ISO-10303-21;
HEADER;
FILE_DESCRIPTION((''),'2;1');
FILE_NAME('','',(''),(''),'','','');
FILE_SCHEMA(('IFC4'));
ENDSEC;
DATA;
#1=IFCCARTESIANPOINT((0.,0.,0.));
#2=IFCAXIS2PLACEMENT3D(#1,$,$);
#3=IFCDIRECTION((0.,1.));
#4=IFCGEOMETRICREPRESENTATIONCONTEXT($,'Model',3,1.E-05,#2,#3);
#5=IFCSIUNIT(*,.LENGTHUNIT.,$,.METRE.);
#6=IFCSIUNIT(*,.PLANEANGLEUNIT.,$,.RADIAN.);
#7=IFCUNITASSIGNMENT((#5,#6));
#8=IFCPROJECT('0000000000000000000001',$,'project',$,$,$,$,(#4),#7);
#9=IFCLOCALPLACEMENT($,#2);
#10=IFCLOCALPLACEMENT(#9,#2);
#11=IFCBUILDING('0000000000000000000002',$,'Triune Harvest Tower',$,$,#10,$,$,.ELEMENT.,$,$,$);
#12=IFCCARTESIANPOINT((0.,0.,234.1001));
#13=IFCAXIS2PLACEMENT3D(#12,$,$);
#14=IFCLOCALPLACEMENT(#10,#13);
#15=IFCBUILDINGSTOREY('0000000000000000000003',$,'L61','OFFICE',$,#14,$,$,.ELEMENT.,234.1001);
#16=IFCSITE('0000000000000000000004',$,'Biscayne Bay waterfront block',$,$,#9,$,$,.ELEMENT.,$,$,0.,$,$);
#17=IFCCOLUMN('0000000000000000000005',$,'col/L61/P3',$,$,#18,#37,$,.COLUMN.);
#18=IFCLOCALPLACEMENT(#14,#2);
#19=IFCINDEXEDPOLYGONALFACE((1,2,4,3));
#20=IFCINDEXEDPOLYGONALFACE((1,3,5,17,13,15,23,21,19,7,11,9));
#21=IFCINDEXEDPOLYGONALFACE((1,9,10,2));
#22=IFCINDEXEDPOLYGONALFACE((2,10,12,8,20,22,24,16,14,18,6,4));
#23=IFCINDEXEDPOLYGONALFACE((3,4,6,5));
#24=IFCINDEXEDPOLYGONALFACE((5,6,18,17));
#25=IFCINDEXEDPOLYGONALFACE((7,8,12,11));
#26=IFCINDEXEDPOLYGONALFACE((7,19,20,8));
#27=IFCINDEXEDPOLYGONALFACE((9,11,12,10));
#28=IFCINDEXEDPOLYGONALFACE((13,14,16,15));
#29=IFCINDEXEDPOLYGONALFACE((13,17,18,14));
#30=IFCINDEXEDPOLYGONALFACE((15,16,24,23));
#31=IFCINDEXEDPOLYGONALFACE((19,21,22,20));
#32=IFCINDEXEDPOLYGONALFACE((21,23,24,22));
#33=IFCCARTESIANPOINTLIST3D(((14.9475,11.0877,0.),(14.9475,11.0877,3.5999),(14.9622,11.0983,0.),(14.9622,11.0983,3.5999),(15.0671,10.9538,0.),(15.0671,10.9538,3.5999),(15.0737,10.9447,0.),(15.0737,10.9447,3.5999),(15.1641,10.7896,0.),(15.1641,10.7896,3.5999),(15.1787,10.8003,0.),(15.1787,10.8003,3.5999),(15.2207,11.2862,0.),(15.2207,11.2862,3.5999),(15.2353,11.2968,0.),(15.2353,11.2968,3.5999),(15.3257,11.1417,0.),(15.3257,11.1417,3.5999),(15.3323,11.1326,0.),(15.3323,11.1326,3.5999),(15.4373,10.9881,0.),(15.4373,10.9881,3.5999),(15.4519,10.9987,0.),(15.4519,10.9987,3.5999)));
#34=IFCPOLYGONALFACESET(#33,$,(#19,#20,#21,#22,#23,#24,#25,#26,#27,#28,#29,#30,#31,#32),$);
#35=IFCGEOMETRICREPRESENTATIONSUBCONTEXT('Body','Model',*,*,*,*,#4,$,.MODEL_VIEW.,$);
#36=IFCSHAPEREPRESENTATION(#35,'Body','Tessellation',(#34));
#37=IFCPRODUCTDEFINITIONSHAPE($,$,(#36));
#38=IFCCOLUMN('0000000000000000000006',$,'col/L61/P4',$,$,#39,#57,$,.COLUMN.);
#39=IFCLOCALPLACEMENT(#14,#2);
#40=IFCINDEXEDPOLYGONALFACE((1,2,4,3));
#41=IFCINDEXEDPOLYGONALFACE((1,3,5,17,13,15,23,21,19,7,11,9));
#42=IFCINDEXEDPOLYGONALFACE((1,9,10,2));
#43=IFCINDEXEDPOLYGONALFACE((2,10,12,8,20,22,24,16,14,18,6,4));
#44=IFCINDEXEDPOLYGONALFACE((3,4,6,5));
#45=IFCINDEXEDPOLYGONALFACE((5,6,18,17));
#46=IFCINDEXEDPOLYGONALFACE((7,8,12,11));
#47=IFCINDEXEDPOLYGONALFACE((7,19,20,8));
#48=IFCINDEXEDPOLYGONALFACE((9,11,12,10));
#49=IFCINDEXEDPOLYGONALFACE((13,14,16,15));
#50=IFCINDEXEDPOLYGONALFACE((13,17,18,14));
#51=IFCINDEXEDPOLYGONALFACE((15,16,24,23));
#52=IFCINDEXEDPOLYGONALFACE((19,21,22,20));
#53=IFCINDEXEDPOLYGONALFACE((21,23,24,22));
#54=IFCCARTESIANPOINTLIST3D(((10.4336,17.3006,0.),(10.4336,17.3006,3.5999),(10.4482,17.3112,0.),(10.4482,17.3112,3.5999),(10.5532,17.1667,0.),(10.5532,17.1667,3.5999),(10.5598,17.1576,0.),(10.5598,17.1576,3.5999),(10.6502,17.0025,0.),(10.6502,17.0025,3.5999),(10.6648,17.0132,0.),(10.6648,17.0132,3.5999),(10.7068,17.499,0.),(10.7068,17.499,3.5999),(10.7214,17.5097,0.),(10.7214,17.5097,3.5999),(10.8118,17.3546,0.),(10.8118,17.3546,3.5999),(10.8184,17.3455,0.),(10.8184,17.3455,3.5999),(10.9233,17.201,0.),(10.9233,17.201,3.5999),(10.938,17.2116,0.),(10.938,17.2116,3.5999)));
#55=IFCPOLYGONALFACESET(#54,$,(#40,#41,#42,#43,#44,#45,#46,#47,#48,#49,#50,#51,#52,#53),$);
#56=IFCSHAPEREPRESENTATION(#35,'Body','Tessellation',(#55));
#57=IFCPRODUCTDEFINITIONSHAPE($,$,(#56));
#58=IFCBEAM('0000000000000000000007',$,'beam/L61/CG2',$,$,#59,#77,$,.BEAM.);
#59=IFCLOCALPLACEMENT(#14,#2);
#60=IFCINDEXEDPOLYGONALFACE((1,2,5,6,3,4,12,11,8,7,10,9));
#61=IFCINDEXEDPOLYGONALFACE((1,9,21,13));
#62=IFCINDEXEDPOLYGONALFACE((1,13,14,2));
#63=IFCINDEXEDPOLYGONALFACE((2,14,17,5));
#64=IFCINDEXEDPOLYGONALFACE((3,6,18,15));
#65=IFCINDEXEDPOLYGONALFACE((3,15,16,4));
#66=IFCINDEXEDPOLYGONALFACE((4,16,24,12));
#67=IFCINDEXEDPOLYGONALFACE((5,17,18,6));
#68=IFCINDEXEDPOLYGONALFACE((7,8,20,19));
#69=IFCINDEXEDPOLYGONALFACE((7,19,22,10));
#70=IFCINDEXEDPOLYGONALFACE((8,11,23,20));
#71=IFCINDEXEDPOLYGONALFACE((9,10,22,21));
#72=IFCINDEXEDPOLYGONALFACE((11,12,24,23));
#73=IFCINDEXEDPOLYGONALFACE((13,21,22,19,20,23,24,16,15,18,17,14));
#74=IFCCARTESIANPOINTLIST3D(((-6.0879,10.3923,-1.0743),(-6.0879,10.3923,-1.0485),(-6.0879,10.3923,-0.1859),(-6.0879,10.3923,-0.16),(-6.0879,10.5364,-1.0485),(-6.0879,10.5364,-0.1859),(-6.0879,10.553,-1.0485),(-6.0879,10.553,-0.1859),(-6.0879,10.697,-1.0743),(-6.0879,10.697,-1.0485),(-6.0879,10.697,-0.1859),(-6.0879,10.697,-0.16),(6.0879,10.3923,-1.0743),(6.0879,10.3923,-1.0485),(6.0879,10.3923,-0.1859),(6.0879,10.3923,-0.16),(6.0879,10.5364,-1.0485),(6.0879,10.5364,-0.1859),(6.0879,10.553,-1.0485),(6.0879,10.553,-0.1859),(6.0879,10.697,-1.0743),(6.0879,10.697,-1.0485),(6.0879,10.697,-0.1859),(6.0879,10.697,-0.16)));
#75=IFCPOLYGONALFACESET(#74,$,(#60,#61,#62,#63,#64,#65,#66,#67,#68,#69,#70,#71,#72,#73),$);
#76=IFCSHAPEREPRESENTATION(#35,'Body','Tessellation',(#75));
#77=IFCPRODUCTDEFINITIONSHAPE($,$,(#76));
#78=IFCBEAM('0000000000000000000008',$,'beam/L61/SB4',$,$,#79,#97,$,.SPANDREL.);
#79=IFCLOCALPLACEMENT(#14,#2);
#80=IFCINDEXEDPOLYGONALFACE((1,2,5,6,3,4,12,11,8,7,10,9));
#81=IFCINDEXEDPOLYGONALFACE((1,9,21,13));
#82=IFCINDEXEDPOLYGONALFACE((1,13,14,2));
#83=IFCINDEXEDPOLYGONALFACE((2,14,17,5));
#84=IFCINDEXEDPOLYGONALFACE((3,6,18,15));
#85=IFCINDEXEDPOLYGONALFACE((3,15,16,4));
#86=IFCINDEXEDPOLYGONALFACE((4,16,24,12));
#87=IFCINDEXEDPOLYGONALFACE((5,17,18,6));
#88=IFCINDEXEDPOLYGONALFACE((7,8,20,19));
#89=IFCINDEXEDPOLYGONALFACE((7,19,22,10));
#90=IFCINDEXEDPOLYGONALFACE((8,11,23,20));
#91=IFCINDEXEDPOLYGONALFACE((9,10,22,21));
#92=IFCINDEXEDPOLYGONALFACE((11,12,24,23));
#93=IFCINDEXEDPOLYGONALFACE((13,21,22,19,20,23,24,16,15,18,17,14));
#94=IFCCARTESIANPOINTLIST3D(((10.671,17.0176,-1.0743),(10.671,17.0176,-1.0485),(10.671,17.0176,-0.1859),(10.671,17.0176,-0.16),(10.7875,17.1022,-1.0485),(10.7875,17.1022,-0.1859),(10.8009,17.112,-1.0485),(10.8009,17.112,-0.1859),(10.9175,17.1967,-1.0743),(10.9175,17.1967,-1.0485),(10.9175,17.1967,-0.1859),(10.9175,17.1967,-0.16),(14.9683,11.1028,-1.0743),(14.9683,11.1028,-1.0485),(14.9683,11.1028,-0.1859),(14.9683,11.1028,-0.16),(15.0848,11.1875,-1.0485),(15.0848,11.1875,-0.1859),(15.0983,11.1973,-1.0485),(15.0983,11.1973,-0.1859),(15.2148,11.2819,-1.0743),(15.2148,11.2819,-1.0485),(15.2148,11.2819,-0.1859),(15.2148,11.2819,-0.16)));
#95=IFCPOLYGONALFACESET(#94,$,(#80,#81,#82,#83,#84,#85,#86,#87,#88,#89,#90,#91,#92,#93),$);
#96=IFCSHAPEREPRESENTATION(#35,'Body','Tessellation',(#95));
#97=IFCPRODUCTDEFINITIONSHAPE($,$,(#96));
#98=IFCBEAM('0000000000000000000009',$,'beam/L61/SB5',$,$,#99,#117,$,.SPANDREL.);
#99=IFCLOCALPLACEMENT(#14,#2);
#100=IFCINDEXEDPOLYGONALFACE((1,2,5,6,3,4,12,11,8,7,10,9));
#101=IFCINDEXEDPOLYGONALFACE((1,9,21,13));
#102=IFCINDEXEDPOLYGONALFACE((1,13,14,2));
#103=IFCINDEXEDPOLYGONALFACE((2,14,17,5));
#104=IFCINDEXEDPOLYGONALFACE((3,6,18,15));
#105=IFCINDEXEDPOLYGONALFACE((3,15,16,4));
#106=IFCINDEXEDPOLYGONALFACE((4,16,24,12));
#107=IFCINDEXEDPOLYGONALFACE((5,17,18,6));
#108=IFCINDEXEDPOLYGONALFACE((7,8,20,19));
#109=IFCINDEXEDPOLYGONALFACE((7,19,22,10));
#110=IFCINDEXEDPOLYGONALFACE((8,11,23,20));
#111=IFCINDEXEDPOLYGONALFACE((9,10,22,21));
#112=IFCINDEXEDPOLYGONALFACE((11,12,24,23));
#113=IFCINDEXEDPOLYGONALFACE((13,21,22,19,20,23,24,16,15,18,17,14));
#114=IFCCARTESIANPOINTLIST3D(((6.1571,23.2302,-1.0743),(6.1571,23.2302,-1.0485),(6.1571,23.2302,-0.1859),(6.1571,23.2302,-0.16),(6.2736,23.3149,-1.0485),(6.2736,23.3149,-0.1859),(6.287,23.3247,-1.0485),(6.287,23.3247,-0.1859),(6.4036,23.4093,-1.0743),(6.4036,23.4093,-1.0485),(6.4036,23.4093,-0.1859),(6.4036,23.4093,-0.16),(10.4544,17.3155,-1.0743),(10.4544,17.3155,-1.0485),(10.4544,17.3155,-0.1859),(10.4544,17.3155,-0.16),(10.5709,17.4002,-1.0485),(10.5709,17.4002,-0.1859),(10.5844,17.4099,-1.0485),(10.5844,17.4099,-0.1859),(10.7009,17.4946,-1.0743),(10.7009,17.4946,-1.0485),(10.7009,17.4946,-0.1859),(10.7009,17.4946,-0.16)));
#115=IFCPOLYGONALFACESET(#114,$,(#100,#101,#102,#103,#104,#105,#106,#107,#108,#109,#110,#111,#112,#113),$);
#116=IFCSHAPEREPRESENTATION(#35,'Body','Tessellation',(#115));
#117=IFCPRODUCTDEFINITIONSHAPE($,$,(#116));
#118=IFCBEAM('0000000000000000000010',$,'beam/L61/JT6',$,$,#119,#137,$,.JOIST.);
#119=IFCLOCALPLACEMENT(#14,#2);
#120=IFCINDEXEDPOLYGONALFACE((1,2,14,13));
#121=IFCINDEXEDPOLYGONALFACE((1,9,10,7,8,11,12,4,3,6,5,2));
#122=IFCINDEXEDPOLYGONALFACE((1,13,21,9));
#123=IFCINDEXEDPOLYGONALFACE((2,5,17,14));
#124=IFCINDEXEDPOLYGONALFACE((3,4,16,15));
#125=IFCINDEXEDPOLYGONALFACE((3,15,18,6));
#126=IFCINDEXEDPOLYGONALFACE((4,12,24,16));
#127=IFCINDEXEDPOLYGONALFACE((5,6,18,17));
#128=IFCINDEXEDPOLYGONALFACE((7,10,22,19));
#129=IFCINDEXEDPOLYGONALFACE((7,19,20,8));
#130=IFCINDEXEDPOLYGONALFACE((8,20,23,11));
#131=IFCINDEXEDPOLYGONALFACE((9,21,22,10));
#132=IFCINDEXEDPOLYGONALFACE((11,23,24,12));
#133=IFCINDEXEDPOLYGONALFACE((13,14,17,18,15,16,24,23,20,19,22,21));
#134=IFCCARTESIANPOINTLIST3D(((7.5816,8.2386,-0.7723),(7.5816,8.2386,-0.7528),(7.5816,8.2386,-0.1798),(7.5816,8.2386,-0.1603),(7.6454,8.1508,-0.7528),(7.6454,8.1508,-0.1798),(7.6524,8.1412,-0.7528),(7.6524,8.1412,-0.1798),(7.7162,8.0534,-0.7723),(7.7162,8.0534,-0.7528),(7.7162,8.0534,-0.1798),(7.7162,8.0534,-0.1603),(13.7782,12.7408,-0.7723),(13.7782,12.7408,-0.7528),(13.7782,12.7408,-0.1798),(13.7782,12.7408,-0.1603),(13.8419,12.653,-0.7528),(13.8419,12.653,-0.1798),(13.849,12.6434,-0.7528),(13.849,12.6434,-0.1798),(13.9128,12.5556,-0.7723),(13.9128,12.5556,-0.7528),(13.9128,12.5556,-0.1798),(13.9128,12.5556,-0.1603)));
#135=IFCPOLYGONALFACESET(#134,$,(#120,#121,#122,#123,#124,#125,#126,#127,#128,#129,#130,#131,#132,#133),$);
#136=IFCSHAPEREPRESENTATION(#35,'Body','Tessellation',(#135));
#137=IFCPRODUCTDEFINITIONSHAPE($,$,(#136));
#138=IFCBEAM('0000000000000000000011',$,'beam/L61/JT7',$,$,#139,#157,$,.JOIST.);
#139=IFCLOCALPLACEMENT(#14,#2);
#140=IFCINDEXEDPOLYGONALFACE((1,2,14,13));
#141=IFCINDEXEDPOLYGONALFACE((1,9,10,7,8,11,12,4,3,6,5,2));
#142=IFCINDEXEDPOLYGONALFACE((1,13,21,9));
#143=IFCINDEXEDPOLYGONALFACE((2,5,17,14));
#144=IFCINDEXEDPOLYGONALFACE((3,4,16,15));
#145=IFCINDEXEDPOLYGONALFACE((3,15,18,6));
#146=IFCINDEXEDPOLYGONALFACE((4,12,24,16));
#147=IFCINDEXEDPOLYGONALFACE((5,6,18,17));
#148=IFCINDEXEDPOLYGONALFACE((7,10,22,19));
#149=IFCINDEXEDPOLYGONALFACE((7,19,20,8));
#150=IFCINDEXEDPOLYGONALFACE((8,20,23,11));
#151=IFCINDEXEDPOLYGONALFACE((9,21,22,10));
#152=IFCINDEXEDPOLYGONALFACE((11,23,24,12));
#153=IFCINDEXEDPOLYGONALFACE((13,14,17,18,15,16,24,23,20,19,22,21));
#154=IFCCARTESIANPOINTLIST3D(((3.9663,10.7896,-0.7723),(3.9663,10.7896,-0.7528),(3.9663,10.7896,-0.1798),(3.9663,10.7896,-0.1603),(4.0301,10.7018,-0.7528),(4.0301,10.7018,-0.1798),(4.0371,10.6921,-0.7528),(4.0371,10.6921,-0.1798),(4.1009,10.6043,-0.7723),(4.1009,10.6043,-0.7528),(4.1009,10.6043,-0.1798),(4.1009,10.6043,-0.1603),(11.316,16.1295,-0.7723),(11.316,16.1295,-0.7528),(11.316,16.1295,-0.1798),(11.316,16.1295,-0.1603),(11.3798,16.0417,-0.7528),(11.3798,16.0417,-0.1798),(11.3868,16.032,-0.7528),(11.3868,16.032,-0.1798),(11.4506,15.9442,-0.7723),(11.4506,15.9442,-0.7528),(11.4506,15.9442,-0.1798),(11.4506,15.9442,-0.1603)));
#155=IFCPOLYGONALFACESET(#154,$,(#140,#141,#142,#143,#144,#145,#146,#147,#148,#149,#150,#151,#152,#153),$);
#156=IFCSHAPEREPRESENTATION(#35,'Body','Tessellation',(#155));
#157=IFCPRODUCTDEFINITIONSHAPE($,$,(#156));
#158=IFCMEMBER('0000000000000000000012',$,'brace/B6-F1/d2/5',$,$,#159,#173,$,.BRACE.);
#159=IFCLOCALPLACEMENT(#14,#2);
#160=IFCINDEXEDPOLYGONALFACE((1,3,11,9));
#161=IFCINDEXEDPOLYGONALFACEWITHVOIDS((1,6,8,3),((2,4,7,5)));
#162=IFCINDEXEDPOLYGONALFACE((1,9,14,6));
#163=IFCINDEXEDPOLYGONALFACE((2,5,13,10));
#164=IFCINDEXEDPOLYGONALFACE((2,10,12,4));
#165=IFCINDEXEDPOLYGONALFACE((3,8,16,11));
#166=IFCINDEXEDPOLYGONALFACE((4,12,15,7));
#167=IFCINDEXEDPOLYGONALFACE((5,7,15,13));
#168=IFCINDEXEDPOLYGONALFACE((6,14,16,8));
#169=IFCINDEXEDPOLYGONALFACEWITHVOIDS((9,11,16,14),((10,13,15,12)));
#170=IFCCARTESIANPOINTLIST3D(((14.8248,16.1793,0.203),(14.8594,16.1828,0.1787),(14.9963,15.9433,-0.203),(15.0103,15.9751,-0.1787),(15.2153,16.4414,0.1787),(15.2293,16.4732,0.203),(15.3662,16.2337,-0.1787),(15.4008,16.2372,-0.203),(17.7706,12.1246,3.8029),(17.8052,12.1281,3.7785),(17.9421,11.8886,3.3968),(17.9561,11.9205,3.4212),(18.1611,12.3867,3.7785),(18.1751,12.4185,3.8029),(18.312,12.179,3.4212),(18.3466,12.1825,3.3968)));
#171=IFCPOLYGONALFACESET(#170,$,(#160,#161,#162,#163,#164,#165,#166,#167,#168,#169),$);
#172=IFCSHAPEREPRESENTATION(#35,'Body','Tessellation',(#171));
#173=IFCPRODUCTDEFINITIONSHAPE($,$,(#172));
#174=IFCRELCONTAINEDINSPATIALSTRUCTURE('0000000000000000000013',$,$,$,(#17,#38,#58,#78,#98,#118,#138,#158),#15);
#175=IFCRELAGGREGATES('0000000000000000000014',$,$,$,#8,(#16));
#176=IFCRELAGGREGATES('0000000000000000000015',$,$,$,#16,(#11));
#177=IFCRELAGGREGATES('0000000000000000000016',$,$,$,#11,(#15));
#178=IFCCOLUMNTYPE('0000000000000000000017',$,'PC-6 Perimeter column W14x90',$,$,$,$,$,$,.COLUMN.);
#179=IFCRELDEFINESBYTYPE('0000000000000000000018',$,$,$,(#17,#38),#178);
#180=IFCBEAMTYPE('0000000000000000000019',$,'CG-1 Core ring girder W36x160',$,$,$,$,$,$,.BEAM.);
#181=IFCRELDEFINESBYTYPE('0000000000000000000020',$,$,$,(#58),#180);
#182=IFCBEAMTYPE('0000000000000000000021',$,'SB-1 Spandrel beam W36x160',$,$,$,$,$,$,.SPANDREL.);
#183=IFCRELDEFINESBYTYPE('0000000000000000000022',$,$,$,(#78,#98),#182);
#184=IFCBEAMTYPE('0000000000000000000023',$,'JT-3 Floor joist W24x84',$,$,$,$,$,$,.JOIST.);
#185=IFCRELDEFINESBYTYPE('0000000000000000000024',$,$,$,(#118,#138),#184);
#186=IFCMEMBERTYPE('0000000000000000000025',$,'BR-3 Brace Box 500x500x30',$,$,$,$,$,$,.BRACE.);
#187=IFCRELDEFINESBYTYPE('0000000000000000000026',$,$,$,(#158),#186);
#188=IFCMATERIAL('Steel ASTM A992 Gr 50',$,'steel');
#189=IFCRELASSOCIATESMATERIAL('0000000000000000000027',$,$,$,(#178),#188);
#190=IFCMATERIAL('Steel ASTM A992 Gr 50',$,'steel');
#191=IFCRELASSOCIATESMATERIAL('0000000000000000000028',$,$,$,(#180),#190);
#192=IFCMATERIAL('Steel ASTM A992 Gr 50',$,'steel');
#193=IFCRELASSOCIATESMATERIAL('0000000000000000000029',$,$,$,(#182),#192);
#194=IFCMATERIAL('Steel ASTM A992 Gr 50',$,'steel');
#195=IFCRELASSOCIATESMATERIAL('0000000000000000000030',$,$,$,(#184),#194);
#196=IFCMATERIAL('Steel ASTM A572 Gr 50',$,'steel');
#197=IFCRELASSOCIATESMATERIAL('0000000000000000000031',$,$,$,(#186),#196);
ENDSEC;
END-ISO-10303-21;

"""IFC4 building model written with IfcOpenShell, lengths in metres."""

from ifc_helpers import new_model, si_unit, direction, frame, origin, origin_2d, place, context, subcontext, project, spatial, hollow_rectangle, i_section, extrude, source, transform, mapped, material, material_profile, profile_set, type_object, element, save


model = new_model("IFC4")

# Units and contexts
model_context = context("Model", 3, precision=1e-05, world=origin(), true_north=direction((0.0, 1.0)))
body_context = subcontext(model_context, "Body", "Model", "MODEL_VIEW")
ifc_project = project(units=[si_unit("LENGTHUNIT", "METRE"), si_unit("PLANEANGLEUNIT", "RADIAN")], contexts=[model_context])

# Site, building, storey
site_placement = place(None, origin())
site = spatial("IfcSite", under=ifc_project, at=site_placement, Name="Biscayne Bay waterfront block", CompositionType="ELEMENT", RefElevation=0.0)
building_placement = place(site_placement, origin())
building = spatial("IfcBuilding", under=site, at=building_placement, Name="Triune Harvest Tower", CompositionType="ELEMENT")
storey_placement = place(building_placement, frame((0.0, 0.0, 234.1001)))
storey = spatial("IfcBuildingStorey", under=building, at=storey_placement, Name="L61", Description="OFFICE", CompositionType="ELEMENT", Elevation=234.1001)

# Columns
ifc_material_1 = material(Name="Steel ASTM A992 Gr 50", Category="steel")
ifc_material_profile_1 = material_profile(ifc_material_1, i_section(OverallWidth=0.3684, OverallDepth=0.3557, WebThickness=0.0112, FlangeThickness=0.0181, at=origin_2d()), Name="W14x90")
ifc_profile_set_1 = profile_set([ifc_material_profile_1], Name="Steel ASTM A992 Gr 50")
column_type = type_object("IfcColumnType", Name="PC-6 Perimeter column W14x90", PredefinedType="COLUMN", material=ifc_profile_set_1)
shared_shape_1 = source(origin(), body_context, "Body", "SweptSolid", [
    extrude(i_section(OverallWidth=0.3684, OverallDepth=0.3557, WebThickness=0.0112, FlangeThickness=0.0181, at=origin_2d()), origin(), (0.0, 0.0, 1.0), 3.5999),
])
for number, where, z_axis, x_axis, name in (
    (1, (15.1997, 11.0432, 0.0), (0.0, 0.0, 1.0), (-0.587785, 0.809017, 0.0), "col/L61/P3"),
    (2, (10.6858, 17.2561, 0.0), (0.0, 0.0, 1.0), (-0.587785, 0.809017, 0.0), "col/L61/P4"),
):
    element("IfcColumn", number, at=place(storey_placement, frame(where, z_axis=z_axis, x_axis=x_axis)), inside=storey, type_object=column_type, Name=name, PredefinedType="COLUMN", context=body_context, shape_type="MappedRepresentation", body=[
        mapped(shared_shape_1, transform((0.0, 0.0, 0.0), scale=1.0)),
    ])

# Beams
ifc_material_2 = material(Name="Steel ASTM A992 Gr 50", Category="steel")
ifc_material_profile_2 = material_profile(ifc_material_2, i_section(OverallWidth=0.3047, OverallDepth=0.9143, WebThickness=0.0166, FlangeThickness=0.0259, at=origin_2d()), Name="W36x160")
ifc_profile_set_2 = profile_set([ifc_material_profile_2], Name="Steel ASTM A992 Gr 50")
beam_type_1 = type_object("IfcBeamType", Name="CG-1 Core ring girder W36x160", PredefinedType="BEAM", material=ifc_profile_set_2)
shared_shape_2 = source(origin(), body_context, "Body", "SweptSolid", [
    extrude(i_section(OverallWidth=0.3047, OverallDepth=0.9143, WebThickness=0.0166, FlangeThickness=0.0259, at=origin_2d()), origin(), (0.0, 0.0, 1.0), 12.1758),
])
beam_1_placement = place(storey_placement, frame((6.0879, 10.5447, -0.6172), z_axis=(-1.0, 0.0, 0.0), x_axis=(0.0, -1.0, 0.0)))
element("IfcBeam", 3, at=beam_1_placement, inside=storey, type_object=beam_type_1, Name="beam/L61/CG2", PredefinedType="BEAM", context=body_context, shape_type="MappedRepresentation", body=[
    mapped(shared_shape_2, transform((0.0, 0.0, 0.0), scale=1.0)),
])
ifc_material_3 = material(Name="Steel ASTM A992 Gr 50", Category="steel")
ifc_material_profile_3 = material_profile(ifc_material_3, i_section(OverallWidth=0.3047, OverallDepth=0.9143, WebThickness=0.0166, FlangeThickness=0.0259, at=origin_2d()), Name="W36x160")
ifc_profile_set_3 = profile_set([ifc_material_profile_3], Name="Steel ASTM A992 Gr 50")
beam_type_2 = type_object("IfcBeamType", Name="SB-1 Spandrel beam W36x160", PredefinedType="SPANDREL", material=ifc_profile_set_3)
shared_shape_3 = source(origin(), body_context, "Body", "SweptSolid", [
    extrude(i_section(OverallWidth=0.3047, OverallDepth=0.9143, WebThickness=0.0166, FlangeThickness=0.0259, at=origin_2d()), origin(), (0.0, 0.0, 1.0), 7.311),
])
for number, where, z_axis, x_axis, name in (
    (4, (15.0916, 11.1924, -0.6172), (-0.587786, 0.809016, 0.0), (-0.809016, -0.587786, 0.0), "beam/L61/SB4"),
    (5, (10.5776, 17.405, -0.6172), (-0.587786, 0.809016, 0.0), (-0.809016, -0.587786, 0.0), "beam/L61/SB5"),
):
    element("IfcBeam", number, at=place(storey_placement, frame(where, z_axis=z_axis, x_axis=x_axis)), inside=storey, type_object=beam_type_2, Name=name, PredefinedType="SPANDREL", context=body_context, shape_type="MappedRepresentation", body=[
        mapped(shared_shape_3, transform((0.0, 0.0, 0.0), scale=1.0)),
    ])
ifc_material_4 = material(Name="Steel ASTM A992 Gr 50", Category="steel")
ifc_material_profile_4 = material_profile(ifc_material_4, i_section(OverallWidth=0.229, OverallDepth=0.6121, WebThickness=0.012, FlangeThickness=0.0195, at=origin_2d()), Name="W24x84")
ifc_profile_set_4 = profile_set([ifc_material_profile_4], Name="Steel ASTM A992 Gr 50")
beam_type_3 = type_object("IfcBeamType", Name="JT-3 Floor joist W24x84", PredefinedType="JOIST", material=ifc_profile_set_4)
shared_shape_4 = source(origin(), body_context, "Body", "SweptSolid", [
    extrude(i_section(OverallWidth=0.229, OverallDepth=0.6121, WebThickness=0.012, FlangeThickness=0.0195, at=origin_2d()), origin(), (0.0, 0.0, 1.0), 7.6594),
])
beam_2_placement = place(storey_placement, frame((13.8455, 12.6482, -0.4663), z_axis=(-0.809008, -0.587798, 0.0), x_axis=(0.587798, -0.809008, 0.0)))
element("IfcBeam", 6, at=beam_2_placement, inside=storey, type_object=beam_type_3, Name="beam/L61/JT6", PredefinedType="JOIST", context=body_context, shape_type="MappedRepresentation", body=[
    mapped(shared_shape_4, transform((0.0, 0.0, 0.0), scale=1.0)),
])
shared_shape_5 = source(origin(), body_context, "Body", "SweptSolid", [
    extrude(i_section(OverallWidth=0.229, OverallDepth=0.6121, WebThickness=0.012, FlangeThickness=0.0195, at=origin_2d()), origin(), (0.0, 0.0, 1.0), 9.0847),
])
beam_3_placement = place(storey_placement, frame((11.3833, 16.0369, -0.4663), z_axis=(-0.809015, -0.587788, 0.0), x_axis=(0.587788, -0.809015, 0.0)))
element("IfcBeam", 7, at=beam_3_placement, inside=storey, type_object=beam_type_3, Name="beam/L61/JT7", PredefinedType="JOIST", context=body_context, shape_type="MappedRepresentation", body=[
    mapped(shared_shape_5, transform((0.0, 0.0, 0.0), scale=1.0)),
])

# Member
ifc_material_5 = material(Name="Steel ASTM A572 Gr 50", Category="steel")
ifc_material_profile_5 = material_profile(ifc_material_5, hollow_rectangle(XDim=0.5, YDim=0.5, WallThickness=0.03, at=origin_2d()), Name="Box 500x500x30")
ifc_profile_set_5 = profile_set([ifc_material_profile_5], Name="Steel ASTM A572 Gr 50")
member_type_1 = type_object("IfcMemberType", Name="BR-3 Brace Box 500x500x30", PredefinedType="BRACE", material=ifc_profile_set_5)
shared_shape_6 = source(origin(), body_context, "Body", "SweptSolid", [
    extrude(hollow_rectangle(XDim=0.5, YDim=0.5, WallThickness=0.03, at=origin_2d()), origin(), (0.0, 0.0, 1.0), 6.1707),
])
member_1_placement = place(storey_placement, frame((15.1128, 16.2083, 0.0), z_axis=(0.477387, -0.65709, 0.583381), x_axis=(0.809027, 0.587772, 0.0)))
element("IfcMember", 8, at=member_1_placement, inside=storey, type_object=member_type_1, Name="brace/B6-F1/d2/5", PredefinedType="BRACE", context=body_context, shape_type="MappedRepresentation", body=[
    mapped(shared_shape_6, transform((0.0, 0.0, 0.0), scale=1.0)),
])

save(model, "model.ifc")
